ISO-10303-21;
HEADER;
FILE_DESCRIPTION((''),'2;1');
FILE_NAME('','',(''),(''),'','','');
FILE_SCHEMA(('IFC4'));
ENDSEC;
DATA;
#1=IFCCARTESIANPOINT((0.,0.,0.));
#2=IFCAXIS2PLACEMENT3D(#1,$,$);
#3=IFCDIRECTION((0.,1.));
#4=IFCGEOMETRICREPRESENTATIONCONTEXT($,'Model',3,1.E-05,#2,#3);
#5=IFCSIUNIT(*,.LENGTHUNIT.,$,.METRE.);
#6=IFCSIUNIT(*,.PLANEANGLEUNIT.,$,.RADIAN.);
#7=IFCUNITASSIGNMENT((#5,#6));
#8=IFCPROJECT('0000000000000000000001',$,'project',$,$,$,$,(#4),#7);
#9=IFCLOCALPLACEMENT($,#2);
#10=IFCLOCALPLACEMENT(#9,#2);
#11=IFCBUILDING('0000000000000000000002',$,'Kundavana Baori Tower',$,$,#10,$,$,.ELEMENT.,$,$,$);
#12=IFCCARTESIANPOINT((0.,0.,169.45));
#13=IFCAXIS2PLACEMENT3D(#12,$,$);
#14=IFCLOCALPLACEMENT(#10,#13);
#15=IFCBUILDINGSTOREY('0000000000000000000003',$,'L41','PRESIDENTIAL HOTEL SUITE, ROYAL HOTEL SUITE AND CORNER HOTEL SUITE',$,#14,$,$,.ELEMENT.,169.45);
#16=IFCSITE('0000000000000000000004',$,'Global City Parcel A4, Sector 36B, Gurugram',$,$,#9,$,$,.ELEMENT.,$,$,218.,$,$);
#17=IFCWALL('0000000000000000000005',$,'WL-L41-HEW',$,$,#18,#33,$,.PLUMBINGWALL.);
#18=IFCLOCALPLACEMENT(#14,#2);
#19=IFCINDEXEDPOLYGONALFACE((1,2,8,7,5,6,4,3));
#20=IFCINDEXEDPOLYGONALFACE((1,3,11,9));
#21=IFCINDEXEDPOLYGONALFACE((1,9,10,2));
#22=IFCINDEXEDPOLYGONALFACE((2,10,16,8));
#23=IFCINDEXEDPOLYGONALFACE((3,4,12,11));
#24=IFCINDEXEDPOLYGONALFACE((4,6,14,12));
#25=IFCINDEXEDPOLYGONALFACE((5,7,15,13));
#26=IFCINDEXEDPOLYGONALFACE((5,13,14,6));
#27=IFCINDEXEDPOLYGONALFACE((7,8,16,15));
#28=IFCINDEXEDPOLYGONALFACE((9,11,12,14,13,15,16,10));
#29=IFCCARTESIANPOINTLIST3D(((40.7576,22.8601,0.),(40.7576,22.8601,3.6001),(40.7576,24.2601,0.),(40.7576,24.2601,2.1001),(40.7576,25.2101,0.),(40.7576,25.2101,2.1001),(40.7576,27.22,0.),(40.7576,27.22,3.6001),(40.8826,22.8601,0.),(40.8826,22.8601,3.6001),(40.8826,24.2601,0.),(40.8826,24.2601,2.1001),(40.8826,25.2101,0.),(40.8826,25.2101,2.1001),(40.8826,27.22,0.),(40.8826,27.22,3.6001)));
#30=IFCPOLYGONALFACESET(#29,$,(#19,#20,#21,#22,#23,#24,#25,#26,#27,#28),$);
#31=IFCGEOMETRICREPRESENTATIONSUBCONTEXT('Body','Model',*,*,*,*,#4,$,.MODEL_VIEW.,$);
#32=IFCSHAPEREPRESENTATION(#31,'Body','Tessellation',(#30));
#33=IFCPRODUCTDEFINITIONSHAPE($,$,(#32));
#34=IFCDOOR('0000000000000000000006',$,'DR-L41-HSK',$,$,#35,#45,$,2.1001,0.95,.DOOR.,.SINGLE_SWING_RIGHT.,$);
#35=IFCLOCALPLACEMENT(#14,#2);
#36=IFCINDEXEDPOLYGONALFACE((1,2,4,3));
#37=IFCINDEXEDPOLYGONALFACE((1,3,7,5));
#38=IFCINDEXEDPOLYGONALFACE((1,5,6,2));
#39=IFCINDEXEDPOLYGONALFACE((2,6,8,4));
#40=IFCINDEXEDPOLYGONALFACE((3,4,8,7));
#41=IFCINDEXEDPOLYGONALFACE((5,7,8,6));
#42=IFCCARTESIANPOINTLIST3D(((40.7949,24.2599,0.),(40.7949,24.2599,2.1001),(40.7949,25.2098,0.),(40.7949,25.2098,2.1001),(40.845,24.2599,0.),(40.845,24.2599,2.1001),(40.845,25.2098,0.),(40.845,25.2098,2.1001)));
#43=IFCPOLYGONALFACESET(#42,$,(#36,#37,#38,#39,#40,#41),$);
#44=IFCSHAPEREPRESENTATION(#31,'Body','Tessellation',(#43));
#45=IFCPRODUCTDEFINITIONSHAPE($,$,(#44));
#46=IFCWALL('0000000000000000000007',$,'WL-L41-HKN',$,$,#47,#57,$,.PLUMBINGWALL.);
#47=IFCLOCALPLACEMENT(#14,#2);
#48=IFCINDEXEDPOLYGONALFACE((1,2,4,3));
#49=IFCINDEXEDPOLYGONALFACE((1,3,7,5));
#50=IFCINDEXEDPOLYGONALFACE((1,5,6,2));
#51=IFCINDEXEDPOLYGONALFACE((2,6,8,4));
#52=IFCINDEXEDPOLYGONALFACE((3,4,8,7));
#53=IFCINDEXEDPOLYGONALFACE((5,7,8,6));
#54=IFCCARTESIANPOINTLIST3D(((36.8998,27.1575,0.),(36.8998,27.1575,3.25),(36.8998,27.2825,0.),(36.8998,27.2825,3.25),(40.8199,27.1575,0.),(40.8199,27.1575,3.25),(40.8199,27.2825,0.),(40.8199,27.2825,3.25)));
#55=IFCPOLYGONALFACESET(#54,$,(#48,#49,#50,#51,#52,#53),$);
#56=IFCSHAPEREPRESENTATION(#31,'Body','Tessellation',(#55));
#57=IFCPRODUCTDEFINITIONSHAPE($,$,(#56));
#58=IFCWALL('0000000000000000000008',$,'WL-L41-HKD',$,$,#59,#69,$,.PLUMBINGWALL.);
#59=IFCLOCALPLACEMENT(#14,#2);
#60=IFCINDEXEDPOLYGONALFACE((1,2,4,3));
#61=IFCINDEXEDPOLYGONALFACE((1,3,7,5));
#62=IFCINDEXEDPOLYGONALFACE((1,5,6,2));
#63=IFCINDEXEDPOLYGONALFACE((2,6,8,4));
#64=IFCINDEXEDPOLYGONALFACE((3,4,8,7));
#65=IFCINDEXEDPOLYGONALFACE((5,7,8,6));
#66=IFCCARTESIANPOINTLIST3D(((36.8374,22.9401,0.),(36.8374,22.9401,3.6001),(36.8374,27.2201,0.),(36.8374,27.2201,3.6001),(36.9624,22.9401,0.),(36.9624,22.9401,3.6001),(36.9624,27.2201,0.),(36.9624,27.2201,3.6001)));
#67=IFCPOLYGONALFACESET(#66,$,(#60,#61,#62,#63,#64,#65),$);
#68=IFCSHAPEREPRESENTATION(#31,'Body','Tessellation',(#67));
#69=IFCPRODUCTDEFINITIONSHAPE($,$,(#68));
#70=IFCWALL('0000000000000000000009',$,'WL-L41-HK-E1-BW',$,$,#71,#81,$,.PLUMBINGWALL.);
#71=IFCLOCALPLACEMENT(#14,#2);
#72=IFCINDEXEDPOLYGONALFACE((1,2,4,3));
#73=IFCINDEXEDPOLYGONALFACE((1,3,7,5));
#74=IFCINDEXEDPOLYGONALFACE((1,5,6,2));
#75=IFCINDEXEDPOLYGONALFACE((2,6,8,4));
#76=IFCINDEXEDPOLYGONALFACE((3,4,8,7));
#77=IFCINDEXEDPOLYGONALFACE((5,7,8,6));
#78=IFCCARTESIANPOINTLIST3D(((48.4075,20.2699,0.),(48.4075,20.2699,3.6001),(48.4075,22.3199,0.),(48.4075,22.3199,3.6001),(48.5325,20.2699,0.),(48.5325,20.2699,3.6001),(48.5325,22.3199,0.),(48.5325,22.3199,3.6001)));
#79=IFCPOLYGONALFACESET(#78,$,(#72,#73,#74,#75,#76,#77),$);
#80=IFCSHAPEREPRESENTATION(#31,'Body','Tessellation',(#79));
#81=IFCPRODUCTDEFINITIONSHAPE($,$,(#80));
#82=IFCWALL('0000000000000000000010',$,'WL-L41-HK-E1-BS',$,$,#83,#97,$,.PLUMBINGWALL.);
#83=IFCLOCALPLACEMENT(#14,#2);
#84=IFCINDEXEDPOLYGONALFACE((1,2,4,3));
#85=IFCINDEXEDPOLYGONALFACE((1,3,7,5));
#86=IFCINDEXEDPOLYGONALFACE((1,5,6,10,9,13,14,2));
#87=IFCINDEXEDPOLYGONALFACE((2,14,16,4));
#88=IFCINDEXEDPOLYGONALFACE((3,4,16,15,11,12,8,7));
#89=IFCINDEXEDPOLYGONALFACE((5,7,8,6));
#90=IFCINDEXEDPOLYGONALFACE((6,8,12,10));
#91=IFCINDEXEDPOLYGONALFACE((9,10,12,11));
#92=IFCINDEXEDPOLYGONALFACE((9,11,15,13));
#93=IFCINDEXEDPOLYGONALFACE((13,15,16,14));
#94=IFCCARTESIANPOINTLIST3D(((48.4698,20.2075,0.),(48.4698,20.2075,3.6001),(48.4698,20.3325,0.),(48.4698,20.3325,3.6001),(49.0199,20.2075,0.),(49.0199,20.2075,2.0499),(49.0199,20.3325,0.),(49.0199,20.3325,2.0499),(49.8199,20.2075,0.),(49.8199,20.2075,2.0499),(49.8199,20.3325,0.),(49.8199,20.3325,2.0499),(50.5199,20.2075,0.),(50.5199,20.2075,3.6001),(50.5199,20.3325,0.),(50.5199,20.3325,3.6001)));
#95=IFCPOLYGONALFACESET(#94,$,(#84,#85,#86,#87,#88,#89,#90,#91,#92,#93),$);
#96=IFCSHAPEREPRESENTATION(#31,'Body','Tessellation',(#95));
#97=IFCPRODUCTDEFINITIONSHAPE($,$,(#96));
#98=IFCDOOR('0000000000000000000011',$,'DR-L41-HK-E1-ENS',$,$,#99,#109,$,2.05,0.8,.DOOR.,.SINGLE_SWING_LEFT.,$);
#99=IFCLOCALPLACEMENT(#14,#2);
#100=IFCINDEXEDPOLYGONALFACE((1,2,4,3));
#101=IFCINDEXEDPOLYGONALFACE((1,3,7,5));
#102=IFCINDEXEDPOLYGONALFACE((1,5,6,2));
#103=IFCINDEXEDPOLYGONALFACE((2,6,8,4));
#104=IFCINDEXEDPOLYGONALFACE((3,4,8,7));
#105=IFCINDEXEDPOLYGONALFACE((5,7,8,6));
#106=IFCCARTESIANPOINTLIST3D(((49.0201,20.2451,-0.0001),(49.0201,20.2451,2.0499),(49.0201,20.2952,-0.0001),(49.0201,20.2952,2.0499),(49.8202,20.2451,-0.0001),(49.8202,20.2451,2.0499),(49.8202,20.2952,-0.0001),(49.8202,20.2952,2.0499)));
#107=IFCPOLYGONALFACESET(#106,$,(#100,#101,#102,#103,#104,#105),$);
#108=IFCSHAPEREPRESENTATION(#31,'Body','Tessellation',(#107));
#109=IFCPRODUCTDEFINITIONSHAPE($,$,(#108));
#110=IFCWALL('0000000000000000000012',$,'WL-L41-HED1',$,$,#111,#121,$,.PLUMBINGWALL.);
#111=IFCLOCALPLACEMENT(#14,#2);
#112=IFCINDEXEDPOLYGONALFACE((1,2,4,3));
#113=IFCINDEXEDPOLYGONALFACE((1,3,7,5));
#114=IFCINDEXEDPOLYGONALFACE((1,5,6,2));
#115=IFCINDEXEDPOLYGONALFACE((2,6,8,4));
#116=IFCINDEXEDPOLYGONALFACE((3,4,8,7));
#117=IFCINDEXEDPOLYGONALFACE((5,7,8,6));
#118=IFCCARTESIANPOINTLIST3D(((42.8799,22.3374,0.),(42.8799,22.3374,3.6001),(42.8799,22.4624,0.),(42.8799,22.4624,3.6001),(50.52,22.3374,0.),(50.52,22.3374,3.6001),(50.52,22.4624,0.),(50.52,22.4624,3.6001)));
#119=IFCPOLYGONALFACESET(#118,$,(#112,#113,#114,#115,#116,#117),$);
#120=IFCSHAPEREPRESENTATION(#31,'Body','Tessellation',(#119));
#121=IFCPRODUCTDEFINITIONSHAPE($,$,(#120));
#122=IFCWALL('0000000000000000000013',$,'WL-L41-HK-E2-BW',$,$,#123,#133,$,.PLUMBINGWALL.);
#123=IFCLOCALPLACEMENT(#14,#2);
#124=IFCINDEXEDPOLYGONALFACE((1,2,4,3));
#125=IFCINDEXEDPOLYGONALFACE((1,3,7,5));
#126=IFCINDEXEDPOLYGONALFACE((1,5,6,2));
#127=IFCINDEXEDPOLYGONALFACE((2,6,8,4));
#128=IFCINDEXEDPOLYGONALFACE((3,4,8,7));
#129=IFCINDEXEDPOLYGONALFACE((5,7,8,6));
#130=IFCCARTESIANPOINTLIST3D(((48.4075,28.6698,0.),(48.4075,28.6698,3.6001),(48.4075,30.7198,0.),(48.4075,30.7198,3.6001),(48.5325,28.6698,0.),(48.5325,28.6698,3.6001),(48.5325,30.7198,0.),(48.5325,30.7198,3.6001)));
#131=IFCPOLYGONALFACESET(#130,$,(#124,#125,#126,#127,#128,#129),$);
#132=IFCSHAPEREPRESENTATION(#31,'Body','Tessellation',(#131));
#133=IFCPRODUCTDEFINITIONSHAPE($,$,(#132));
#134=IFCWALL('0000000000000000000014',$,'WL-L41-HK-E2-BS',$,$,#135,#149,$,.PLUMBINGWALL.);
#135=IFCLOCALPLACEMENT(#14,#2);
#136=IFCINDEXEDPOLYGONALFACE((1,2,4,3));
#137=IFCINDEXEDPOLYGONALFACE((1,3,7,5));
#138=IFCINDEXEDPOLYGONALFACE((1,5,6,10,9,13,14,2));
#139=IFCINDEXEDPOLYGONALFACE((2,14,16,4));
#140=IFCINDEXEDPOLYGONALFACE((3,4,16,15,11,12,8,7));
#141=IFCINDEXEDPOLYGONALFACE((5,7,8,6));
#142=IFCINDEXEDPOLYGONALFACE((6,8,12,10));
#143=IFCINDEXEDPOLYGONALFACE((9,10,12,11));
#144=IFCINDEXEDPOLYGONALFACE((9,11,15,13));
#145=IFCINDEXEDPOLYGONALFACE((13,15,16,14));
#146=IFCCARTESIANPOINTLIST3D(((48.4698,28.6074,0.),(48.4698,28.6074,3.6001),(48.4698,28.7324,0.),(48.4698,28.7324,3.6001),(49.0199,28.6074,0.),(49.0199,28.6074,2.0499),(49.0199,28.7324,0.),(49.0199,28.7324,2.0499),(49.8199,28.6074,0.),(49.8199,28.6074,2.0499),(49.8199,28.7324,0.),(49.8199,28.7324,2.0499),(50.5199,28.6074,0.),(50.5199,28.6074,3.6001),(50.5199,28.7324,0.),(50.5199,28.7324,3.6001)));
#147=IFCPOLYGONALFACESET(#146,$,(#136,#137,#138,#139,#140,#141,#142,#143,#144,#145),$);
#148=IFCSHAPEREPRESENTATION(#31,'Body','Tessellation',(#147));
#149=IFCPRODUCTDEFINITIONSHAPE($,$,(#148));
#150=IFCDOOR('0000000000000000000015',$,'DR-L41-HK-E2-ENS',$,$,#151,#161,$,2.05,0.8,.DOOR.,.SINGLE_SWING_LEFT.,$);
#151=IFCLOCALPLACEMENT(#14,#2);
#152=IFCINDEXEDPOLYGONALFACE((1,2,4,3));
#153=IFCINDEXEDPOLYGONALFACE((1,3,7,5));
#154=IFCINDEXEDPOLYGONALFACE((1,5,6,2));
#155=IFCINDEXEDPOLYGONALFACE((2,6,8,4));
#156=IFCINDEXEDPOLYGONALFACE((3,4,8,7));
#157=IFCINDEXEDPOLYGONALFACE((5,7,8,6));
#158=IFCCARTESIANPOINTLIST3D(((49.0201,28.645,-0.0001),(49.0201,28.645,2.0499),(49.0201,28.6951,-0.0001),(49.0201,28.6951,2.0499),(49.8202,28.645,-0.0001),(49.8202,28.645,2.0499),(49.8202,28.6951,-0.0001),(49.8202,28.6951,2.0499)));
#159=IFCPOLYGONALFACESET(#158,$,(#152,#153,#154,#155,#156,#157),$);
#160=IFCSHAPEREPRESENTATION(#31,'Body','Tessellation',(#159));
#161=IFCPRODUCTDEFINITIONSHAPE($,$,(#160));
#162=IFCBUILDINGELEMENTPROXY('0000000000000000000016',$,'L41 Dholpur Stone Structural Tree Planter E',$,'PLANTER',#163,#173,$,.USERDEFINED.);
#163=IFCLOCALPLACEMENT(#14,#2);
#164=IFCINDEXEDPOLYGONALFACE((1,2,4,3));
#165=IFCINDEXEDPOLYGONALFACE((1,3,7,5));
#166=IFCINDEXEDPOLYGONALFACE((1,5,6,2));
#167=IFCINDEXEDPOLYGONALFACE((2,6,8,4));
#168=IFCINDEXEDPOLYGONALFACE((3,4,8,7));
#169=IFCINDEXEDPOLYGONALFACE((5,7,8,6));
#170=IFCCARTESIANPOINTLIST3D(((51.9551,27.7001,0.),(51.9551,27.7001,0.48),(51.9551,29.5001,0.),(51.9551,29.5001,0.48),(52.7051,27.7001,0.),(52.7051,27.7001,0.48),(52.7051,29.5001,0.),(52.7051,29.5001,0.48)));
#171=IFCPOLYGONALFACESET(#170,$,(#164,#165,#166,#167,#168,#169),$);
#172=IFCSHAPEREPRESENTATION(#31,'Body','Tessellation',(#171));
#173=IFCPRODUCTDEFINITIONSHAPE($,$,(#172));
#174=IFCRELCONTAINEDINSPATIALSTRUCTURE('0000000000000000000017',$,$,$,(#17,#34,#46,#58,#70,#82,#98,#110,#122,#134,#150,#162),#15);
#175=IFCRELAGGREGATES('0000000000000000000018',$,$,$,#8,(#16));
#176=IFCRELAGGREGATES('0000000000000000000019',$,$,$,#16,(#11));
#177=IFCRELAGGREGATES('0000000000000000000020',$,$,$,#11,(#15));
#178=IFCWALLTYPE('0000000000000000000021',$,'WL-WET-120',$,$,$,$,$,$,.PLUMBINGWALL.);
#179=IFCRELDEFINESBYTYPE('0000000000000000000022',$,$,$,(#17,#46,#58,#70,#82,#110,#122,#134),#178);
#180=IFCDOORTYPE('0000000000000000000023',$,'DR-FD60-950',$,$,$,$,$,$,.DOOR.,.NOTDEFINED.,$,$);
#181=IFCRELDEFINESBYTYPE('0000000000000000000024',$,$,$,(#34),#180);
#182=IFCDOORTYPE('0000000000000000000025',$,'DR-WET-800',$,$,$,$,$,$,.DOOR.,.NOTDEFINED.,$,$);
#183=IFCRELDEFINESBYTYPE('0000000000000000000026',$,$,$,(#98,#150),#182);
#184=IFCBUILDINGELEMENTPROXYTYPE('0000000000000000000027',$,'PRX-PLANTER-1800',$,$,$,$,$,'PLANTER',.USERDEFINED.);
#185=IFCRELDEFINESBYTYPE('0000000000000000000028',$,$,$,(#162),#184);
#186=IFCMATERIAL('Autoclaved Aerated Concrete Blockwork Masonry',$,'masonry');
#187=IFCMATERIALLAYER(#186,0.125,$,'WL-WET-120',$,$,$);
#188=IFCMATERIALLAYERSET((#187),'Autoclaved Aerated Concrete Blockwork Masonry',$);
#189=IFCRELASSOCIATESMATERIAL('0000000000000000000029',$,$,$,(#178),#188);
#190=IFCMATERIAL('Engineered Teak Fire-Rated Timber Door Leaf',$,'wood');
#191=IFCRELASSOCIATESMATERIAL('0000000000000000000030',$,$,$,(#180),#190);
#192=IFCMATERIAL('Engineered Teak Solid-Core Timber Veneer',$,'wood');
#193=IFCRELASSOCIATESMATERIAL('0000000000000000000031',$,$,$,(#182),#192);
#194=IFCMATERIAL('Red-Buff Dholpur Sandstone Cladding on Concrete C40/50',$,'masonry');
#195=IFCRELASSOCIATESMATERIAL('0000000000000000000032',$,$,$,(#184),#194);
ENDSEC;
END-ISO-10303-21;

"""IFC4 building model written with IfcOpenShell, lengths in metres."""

from ifc_helpers import new_model, si_unit, direction, frame, frame_2d, origin, origin_2d, place, context, subcontext, project, spatial, rectangle, extrude, material, layer, layer_set, type_object, element, fill, save


model = new_model("IFC4")

# Units and contexts
model_context = context("Model", 3, precision=1e-05, world=origin(), true_north=direction((0.0, 1.0)))
body_context = subcontext(model_context, "Body", "Model", "MODEL_VIEW")
ifc_project = project(units=[si_unit("LENGTHUNIT", "METRE"), si_unit("PLANEANGLEUNIT", "RADIAN")], contexts=[model_context])

# Site, building, storey
site_placement = place(None, origin())
site = spatial("IfcSite", under=ifc_project, at=site_placement, Name="Global City Parcel A4, Sector 36B, Gurugram", CompositionType="ELEMENT", RefElevation=218.0)
building_placement = place(site_placement, origin())
building = spatial("IfcBuilding", under=site, at=building_placement, Name="Kundavana Baori Tower", CompositionType="ELEMENT")
storey_placement = place(building_placement, frame((0.0, 0.0, 169.45)))
storey = spatial("IfcBuildingStorey", under=building, at=storey_placement, Name="L41", Description="PRESIDENTIAL HOTEL SUITE, ROYAL HOTEL SUITE AND CORNER HOTEL SUITE", CompositionType="ELEMENT", Elevation=169.45)

# Wall, opening, door
ifc_material_1 = material(Name="Autoclaved Aerated Concrete Blockwork Masonry", Category="masonry")
ifc_layer_1 = layer(ifc_material_1, 0.125, Name="WL-WET-120")
ifc_layer_set_1 = layer_set([ifc_layer_1], Name="Autoclaved Aerated Concrete Blockwork Masonry")
wall_type_1 = type_object("IfcWallType", Name="WL-WET-120", PredefinedType="PLUMBINGWALL", material=ifc_layer_set_1)
wall_1_placement = place(storey_placement, frame((40.8201, 22.8601, 0.0), z_axis=(0.0, 0.0, 1.0), x_axis=(0.0, 1.0, 0.0)))
wall_1 = element("IfcWall", 1, at=wall_1_placement, inside=storey, type_object=wall_type_1, Name="WL-L41-HEW", PredefinedType="PLUMBINGWALL", context=body_context, shape_type="SweptSolid", body=[
    extrude(rectangle(XDim=4.3599, YDim=0.125, at=frame_2d((2.1799, 0.0))), origin(), (0.0, 0.0, 1.0), 3.6001),
])
opening_1_placement = place(wall_1_placement, frame((1.3999, 0.0, 0.0)))
opening_1 = element("IfcOpeningElement", 2, at=opening_1_placement, cuts=wall_1, PredefinedType="OPENING", context=body_context, shape_type="SweptSolid", body=[
    extrude(rectangle(XDim=0.95, YDim=2.1001, at=frame_2d((0.4751, 1.05))), frame((0.0, 0.0725, 0.0), z_axis=(0.0, -1.0, 0.0), x_axis=(1.0, 0.0, 0.0)), (0.0, 0.0, 1.0), 0.145),
])
ifc_material_2 = material(Name="Engineered Teak Fire-Rated Timber Door Leaf", Category="wood")
door_type_1 = type_object("IfcDoorType", Name="DR-FD60-950", OperationType="NOTDEFINED", PredefinedType="DOOR", material=ifc_material_2)
door_1_placement = place(opening_1_placement, frame((0.95, 0.0, 0.0), z_axis=(0.0, 0.0, 1.0), x_axis=(-1.0, 0.0, 0.0)))
door_1 = element("IfcDoor", 3, at=door_1_placement, inside=storey, type_object=door_type_1, Name="DR-L41-HSK", OperationType="SINGLE_SWING_RIGHT", OverallHeight=2.1001, OverallWidth=0.95, PredefinedType="DOOR", context=body_context, shape_type="SweptSolid", body=[
    extrude(rectangle(XDim=0.95, YDim=2.1001, at=frame_2d((0.4751, 1.05))), frame((0.0, 0.0249, 0.0), z_axis=(0.0, -1.0, 0.0), x_axis=(1.0, 0.0, 0.0)), (0.0, 0.0, 1.0), 0.05),
])
fill(opening_1, door_1)

# Walls
wall_2_placement = place(storey_placement, frame((36.8999, 27.22, 0.0), z_axis=(0.0, 0.0, 1.0), x_axis=(1.0, 0.0, 0.0)))
element("IfcWall", 4, at=wall_2_placement, inside=storey, type_object=wall_type_1, Name="WL-L41-HKN", PredefinedType="PLUMBINGWALL", context=body_context, shape_type="SweptSolid", body=[
    extrude(rectangle(XDim=3.9202, YDim=0.125, at=frame_2d((1.96, 0.0))), origin(), (0.0, 0.0, 1.0), 3.25),
])
wall_3_placement = place(storey_placement, frame((36.8999, 22.9399, 0.0), z_axis=(0.0, 0.0, 1.0), x_axis=(0.0, 1.0, 0.0)))
element("IfcWall", 5, at=wall_3_placement, inside=storey, type_object=wall_type_1, Name="WL-L41-HKD", PredefinedType="PLUMBINGWALL", context=body_context, shape_type="SweptSolid", body=[
    extrude(rectangle(XDim=4.28, YDim=0.125, at=frame_2d((2.1401, 0.0))), origin(), (0.0, 0.0, 1.0), 3.6001),
])
wall_4_placement = place(storey_placement, frame((48.47, 20.27, 0.0), z_axis=(0.0, 0.0, 1.0), x_axis=(0.0, 1.0, 0.0)))
element("IfcWall", 6, at=wall_4_placement, inside=storey, type_object=wall_type_1, Name="WL-L41-HK-E1-BW", PredefinedType="PLUMBINGWALL", context=body_context, shape_type="SweptSolid", body=[
    extrude(rectangle(XDim=2.05, YDim=0.125, at=frame_2d((1.0249, 0.0))), origin(), (0.0, 0.0, 1.0), 3.6001),
])

# Wall, opening, door
wall_5_placement = place(storey_placement, frame((48.47, 20.27, 0.0), z_axis=(0.0, 0.0, 1.0), x_axis=(1.0, 0.0, 0.0)))
wall_5 = element("IfcWall", 7, at=wall_5_placement, inside=storey, type_object=wall_type_1, Name="WL-L41-HK-E1-BS", PredefinedType="PLUMBINGWALL", context=body_context, shape_type="SweptSolid", body=[
    extrude(rectangle(XDim=2.05, YDim=0.125, at=frame_2d((1.0249, 0.0))), origin(), (0.0, 0.0, 1.0), 3.6001),
])
opening_2_placement = place(wall_5_placement, frame((0.55, 0.0, 0.0)))
opening_2 = element("IfcOpeningElement", 8, at=opening_2_placement, cuts=wall_5, PredefinedType="OPENING", context=body_context, shape_type="SweptSolid", body=[
    extrude(rectangle(XDim=0.8, YDim=2.05, at=frame_2d((0.3999, 1.0249))), frame((0.0, 0.0725, 0.0), z_axis=(0.0, -1.0, 0.0), x_axis=(1.0, 0.0, 0.0)), (0.0, 0.0, 1.0), 0.145),
])
ifc_material_3 = material(Name="Engineered Teak Solid-Core Timber Veneer", Category="wood")
door_type_2 = type_object("IfcDoorType", Name="DR-WET-800", OperationType="NOTDEFINED", PredefinedType="DOOR", material=ifc_material_3)
door_2_placement = place(opening_2_placement, frame((0.8, 0.0, 0.0), z_axis=(0.0, 0.0, 1.0), x_axis=(-1.0, 0.0, 0.0)))
door_2 = element("IfcDoor", 9, at=door_2_placement, inside=storey, type_object=door_type_2, Name="DR-L41-HK-E1-ENS", OperationType="SINGLE_SWING_LEFT", OverallHeight=2.05, OverallWidth=0.8, PredefinedType="DOOR", context=body_context, shape_type="SweptSolid", body=[
    extrude(rectangle(XDim=0.8, YDim=2.05, at=frame_2d((0.3999, 1.0249))), frame((0.0, 0.0249, 0.0), z_axis=(0.0, -1.0, 0.0), x_axis=(1.0, 0.0, 0.0)), (0.0, 0.0, 1.0), 0.05),
])
fill(opening_2, door_2)

# Walls
wall_6_placement = place(storey_placement, frame((42.8799, 22.3999, 0.0), z_axis=(0.0, 0.0, 1.0), x_axis=(1.0, 0.0, 0.0)))
element("IfcWall", 10, at=wall_6_placement, inside=storey, type_object=wall_type_1, Name="WL-L41-HED1", PredefinedType="PLUMBINGWALL", context=body_context, shape_type="SweptSolid", body=[
    extrude(rectangle(XDim=7.6401, YDim=0.125, at=frame_2d((3.8201, 0.0))), origin(), (0.0, 0.0, 1.0), 3.6001),
])
wall_7_placement = place(storey_placement, frame((48.47, 28.6699, 0.0), z_axis=(0.0, 0.0, 1.0), x_axis=(0.0, 1.0, 0.0)))
element("IfcWall", 11, at=wall_7_placement, inside=storey, type_object=wall_type_1, Name="WL-L41-HK-E2-BW", PredefinedType="PLUMBINGWALL", context=body_context, shape_type="SweptSolid", body=[
    extrude(rectangle(XDim=2.05, YDim=0.125, at=frame_2d((1.0249, 0.0))), origin(), (0.0, 0.0, 1.0), 3.6001),
])

# Wall, opening, door
wall_8_placement = place(storey_placement, frame((48.47, 28.6699, 0.0), z_axis=(0.0, 0.0, 1.0), x_axis=(1.0, 0.0, 0.0)))
wall_8 = element("IfcWall", 12, at=wall_8_placement, inside=storey, type_object=wall_type_1, Name="WL-L41-HK-E2-BS", PredefinedType="PLUMBINGWALL", context=body_context, shape_type="SweptSolid", body=[
    extrude(rectangle(XDim=2.05, YDim=0.125, at=frame_2d((1.0249, 0.0))), origin(), (0.0, 0.0, 1.0), 3.6001),
])
opening_3_placement = place(wall_8_placement, frame((0.55, 0.0, 0.0)))
opening_3 = element("IfcOpeningElement", 13, at=opening_3_placement, cuts=wall_8, PredefinedType="OPENING", context=body_context, shape_type="SweptSolid", body=[
    extrude(rectangle(XDim=0.8, YDim=2.05, at=frame_2d((0.3999, 1.0249))), frame((0.0, 0.0725, 0.0), z_axis=(0.0, -1.0, 0.0), x_axis=(1.0, 0.0, 0.0)), (0.0, 0.0, 1.0), 0.145),
])
door_3_placement = place(opening_3_placement, frame((0.8, 0.0, 0.0), z_axis=(0.0, 0.0, 1.0), x_axis=(-1.0, 0.0, 0.0)))
door_3 = element("IfcDoor", 14, at=door_3_placement, inside=storey, type_object=door_type_2, Name="DR-L41-HK-E2-ENS", OperationType="SINGLE_SWING_LEFT", OverallHeight=2.05, OverallWidth=0.8, PredefinedType="DOOR", context=body_context, shape_type="SweptSolid", body=[
    extrude(rectangle(XDim=0.8, YDim=2.05, at=frame_2d((0.3999, 1.0249))), frame((0.0, 0.0249, 0.0), z_axis=(0.0, -1.0, 0.0), x_axis=(1.0, 0.0, 0.0)), (0.0, 0.0, 1.0), 0.05),
])
fill(opening_3, door_3)

# Building element proxy
ifc_material_4 = material(Name="Red-Buff Dholpur Sandstone Cladding on Concrete C40/50", Category="masonry")
building_element_proxy_type = type_object("IfcBuildingElementProxyType", Name="PRX-PLANTER-1800", ElementType="PLANTER", PredefinedType="USERDEFINED", material=ifc_material_4)
proxy_placement = place(storey_placement, frame((52.3301, 28.6001, 0.0), z_axis=(0.0, 0.0, 1.0), x_axis=(0.0, 1.0, 0.0)))
element("IfcBuildingElementProxy", 15, at=proxy_placement, inside=storey, type_object=building_element_proxy_type, Name="L41 Dholpur Stone Structural Tree Planter E", ObjectType="PLANTER", PredefinedType="USERDEFINED", context=body_context, shape_type="SweptSolid", body=[
    extrude(rectangle(XDim=1.8, YDim=0.75, at=origin_2d()), origin(), (0.0, 0.0, 1.0), 0.48),
])

save(model, "model.ifc")
